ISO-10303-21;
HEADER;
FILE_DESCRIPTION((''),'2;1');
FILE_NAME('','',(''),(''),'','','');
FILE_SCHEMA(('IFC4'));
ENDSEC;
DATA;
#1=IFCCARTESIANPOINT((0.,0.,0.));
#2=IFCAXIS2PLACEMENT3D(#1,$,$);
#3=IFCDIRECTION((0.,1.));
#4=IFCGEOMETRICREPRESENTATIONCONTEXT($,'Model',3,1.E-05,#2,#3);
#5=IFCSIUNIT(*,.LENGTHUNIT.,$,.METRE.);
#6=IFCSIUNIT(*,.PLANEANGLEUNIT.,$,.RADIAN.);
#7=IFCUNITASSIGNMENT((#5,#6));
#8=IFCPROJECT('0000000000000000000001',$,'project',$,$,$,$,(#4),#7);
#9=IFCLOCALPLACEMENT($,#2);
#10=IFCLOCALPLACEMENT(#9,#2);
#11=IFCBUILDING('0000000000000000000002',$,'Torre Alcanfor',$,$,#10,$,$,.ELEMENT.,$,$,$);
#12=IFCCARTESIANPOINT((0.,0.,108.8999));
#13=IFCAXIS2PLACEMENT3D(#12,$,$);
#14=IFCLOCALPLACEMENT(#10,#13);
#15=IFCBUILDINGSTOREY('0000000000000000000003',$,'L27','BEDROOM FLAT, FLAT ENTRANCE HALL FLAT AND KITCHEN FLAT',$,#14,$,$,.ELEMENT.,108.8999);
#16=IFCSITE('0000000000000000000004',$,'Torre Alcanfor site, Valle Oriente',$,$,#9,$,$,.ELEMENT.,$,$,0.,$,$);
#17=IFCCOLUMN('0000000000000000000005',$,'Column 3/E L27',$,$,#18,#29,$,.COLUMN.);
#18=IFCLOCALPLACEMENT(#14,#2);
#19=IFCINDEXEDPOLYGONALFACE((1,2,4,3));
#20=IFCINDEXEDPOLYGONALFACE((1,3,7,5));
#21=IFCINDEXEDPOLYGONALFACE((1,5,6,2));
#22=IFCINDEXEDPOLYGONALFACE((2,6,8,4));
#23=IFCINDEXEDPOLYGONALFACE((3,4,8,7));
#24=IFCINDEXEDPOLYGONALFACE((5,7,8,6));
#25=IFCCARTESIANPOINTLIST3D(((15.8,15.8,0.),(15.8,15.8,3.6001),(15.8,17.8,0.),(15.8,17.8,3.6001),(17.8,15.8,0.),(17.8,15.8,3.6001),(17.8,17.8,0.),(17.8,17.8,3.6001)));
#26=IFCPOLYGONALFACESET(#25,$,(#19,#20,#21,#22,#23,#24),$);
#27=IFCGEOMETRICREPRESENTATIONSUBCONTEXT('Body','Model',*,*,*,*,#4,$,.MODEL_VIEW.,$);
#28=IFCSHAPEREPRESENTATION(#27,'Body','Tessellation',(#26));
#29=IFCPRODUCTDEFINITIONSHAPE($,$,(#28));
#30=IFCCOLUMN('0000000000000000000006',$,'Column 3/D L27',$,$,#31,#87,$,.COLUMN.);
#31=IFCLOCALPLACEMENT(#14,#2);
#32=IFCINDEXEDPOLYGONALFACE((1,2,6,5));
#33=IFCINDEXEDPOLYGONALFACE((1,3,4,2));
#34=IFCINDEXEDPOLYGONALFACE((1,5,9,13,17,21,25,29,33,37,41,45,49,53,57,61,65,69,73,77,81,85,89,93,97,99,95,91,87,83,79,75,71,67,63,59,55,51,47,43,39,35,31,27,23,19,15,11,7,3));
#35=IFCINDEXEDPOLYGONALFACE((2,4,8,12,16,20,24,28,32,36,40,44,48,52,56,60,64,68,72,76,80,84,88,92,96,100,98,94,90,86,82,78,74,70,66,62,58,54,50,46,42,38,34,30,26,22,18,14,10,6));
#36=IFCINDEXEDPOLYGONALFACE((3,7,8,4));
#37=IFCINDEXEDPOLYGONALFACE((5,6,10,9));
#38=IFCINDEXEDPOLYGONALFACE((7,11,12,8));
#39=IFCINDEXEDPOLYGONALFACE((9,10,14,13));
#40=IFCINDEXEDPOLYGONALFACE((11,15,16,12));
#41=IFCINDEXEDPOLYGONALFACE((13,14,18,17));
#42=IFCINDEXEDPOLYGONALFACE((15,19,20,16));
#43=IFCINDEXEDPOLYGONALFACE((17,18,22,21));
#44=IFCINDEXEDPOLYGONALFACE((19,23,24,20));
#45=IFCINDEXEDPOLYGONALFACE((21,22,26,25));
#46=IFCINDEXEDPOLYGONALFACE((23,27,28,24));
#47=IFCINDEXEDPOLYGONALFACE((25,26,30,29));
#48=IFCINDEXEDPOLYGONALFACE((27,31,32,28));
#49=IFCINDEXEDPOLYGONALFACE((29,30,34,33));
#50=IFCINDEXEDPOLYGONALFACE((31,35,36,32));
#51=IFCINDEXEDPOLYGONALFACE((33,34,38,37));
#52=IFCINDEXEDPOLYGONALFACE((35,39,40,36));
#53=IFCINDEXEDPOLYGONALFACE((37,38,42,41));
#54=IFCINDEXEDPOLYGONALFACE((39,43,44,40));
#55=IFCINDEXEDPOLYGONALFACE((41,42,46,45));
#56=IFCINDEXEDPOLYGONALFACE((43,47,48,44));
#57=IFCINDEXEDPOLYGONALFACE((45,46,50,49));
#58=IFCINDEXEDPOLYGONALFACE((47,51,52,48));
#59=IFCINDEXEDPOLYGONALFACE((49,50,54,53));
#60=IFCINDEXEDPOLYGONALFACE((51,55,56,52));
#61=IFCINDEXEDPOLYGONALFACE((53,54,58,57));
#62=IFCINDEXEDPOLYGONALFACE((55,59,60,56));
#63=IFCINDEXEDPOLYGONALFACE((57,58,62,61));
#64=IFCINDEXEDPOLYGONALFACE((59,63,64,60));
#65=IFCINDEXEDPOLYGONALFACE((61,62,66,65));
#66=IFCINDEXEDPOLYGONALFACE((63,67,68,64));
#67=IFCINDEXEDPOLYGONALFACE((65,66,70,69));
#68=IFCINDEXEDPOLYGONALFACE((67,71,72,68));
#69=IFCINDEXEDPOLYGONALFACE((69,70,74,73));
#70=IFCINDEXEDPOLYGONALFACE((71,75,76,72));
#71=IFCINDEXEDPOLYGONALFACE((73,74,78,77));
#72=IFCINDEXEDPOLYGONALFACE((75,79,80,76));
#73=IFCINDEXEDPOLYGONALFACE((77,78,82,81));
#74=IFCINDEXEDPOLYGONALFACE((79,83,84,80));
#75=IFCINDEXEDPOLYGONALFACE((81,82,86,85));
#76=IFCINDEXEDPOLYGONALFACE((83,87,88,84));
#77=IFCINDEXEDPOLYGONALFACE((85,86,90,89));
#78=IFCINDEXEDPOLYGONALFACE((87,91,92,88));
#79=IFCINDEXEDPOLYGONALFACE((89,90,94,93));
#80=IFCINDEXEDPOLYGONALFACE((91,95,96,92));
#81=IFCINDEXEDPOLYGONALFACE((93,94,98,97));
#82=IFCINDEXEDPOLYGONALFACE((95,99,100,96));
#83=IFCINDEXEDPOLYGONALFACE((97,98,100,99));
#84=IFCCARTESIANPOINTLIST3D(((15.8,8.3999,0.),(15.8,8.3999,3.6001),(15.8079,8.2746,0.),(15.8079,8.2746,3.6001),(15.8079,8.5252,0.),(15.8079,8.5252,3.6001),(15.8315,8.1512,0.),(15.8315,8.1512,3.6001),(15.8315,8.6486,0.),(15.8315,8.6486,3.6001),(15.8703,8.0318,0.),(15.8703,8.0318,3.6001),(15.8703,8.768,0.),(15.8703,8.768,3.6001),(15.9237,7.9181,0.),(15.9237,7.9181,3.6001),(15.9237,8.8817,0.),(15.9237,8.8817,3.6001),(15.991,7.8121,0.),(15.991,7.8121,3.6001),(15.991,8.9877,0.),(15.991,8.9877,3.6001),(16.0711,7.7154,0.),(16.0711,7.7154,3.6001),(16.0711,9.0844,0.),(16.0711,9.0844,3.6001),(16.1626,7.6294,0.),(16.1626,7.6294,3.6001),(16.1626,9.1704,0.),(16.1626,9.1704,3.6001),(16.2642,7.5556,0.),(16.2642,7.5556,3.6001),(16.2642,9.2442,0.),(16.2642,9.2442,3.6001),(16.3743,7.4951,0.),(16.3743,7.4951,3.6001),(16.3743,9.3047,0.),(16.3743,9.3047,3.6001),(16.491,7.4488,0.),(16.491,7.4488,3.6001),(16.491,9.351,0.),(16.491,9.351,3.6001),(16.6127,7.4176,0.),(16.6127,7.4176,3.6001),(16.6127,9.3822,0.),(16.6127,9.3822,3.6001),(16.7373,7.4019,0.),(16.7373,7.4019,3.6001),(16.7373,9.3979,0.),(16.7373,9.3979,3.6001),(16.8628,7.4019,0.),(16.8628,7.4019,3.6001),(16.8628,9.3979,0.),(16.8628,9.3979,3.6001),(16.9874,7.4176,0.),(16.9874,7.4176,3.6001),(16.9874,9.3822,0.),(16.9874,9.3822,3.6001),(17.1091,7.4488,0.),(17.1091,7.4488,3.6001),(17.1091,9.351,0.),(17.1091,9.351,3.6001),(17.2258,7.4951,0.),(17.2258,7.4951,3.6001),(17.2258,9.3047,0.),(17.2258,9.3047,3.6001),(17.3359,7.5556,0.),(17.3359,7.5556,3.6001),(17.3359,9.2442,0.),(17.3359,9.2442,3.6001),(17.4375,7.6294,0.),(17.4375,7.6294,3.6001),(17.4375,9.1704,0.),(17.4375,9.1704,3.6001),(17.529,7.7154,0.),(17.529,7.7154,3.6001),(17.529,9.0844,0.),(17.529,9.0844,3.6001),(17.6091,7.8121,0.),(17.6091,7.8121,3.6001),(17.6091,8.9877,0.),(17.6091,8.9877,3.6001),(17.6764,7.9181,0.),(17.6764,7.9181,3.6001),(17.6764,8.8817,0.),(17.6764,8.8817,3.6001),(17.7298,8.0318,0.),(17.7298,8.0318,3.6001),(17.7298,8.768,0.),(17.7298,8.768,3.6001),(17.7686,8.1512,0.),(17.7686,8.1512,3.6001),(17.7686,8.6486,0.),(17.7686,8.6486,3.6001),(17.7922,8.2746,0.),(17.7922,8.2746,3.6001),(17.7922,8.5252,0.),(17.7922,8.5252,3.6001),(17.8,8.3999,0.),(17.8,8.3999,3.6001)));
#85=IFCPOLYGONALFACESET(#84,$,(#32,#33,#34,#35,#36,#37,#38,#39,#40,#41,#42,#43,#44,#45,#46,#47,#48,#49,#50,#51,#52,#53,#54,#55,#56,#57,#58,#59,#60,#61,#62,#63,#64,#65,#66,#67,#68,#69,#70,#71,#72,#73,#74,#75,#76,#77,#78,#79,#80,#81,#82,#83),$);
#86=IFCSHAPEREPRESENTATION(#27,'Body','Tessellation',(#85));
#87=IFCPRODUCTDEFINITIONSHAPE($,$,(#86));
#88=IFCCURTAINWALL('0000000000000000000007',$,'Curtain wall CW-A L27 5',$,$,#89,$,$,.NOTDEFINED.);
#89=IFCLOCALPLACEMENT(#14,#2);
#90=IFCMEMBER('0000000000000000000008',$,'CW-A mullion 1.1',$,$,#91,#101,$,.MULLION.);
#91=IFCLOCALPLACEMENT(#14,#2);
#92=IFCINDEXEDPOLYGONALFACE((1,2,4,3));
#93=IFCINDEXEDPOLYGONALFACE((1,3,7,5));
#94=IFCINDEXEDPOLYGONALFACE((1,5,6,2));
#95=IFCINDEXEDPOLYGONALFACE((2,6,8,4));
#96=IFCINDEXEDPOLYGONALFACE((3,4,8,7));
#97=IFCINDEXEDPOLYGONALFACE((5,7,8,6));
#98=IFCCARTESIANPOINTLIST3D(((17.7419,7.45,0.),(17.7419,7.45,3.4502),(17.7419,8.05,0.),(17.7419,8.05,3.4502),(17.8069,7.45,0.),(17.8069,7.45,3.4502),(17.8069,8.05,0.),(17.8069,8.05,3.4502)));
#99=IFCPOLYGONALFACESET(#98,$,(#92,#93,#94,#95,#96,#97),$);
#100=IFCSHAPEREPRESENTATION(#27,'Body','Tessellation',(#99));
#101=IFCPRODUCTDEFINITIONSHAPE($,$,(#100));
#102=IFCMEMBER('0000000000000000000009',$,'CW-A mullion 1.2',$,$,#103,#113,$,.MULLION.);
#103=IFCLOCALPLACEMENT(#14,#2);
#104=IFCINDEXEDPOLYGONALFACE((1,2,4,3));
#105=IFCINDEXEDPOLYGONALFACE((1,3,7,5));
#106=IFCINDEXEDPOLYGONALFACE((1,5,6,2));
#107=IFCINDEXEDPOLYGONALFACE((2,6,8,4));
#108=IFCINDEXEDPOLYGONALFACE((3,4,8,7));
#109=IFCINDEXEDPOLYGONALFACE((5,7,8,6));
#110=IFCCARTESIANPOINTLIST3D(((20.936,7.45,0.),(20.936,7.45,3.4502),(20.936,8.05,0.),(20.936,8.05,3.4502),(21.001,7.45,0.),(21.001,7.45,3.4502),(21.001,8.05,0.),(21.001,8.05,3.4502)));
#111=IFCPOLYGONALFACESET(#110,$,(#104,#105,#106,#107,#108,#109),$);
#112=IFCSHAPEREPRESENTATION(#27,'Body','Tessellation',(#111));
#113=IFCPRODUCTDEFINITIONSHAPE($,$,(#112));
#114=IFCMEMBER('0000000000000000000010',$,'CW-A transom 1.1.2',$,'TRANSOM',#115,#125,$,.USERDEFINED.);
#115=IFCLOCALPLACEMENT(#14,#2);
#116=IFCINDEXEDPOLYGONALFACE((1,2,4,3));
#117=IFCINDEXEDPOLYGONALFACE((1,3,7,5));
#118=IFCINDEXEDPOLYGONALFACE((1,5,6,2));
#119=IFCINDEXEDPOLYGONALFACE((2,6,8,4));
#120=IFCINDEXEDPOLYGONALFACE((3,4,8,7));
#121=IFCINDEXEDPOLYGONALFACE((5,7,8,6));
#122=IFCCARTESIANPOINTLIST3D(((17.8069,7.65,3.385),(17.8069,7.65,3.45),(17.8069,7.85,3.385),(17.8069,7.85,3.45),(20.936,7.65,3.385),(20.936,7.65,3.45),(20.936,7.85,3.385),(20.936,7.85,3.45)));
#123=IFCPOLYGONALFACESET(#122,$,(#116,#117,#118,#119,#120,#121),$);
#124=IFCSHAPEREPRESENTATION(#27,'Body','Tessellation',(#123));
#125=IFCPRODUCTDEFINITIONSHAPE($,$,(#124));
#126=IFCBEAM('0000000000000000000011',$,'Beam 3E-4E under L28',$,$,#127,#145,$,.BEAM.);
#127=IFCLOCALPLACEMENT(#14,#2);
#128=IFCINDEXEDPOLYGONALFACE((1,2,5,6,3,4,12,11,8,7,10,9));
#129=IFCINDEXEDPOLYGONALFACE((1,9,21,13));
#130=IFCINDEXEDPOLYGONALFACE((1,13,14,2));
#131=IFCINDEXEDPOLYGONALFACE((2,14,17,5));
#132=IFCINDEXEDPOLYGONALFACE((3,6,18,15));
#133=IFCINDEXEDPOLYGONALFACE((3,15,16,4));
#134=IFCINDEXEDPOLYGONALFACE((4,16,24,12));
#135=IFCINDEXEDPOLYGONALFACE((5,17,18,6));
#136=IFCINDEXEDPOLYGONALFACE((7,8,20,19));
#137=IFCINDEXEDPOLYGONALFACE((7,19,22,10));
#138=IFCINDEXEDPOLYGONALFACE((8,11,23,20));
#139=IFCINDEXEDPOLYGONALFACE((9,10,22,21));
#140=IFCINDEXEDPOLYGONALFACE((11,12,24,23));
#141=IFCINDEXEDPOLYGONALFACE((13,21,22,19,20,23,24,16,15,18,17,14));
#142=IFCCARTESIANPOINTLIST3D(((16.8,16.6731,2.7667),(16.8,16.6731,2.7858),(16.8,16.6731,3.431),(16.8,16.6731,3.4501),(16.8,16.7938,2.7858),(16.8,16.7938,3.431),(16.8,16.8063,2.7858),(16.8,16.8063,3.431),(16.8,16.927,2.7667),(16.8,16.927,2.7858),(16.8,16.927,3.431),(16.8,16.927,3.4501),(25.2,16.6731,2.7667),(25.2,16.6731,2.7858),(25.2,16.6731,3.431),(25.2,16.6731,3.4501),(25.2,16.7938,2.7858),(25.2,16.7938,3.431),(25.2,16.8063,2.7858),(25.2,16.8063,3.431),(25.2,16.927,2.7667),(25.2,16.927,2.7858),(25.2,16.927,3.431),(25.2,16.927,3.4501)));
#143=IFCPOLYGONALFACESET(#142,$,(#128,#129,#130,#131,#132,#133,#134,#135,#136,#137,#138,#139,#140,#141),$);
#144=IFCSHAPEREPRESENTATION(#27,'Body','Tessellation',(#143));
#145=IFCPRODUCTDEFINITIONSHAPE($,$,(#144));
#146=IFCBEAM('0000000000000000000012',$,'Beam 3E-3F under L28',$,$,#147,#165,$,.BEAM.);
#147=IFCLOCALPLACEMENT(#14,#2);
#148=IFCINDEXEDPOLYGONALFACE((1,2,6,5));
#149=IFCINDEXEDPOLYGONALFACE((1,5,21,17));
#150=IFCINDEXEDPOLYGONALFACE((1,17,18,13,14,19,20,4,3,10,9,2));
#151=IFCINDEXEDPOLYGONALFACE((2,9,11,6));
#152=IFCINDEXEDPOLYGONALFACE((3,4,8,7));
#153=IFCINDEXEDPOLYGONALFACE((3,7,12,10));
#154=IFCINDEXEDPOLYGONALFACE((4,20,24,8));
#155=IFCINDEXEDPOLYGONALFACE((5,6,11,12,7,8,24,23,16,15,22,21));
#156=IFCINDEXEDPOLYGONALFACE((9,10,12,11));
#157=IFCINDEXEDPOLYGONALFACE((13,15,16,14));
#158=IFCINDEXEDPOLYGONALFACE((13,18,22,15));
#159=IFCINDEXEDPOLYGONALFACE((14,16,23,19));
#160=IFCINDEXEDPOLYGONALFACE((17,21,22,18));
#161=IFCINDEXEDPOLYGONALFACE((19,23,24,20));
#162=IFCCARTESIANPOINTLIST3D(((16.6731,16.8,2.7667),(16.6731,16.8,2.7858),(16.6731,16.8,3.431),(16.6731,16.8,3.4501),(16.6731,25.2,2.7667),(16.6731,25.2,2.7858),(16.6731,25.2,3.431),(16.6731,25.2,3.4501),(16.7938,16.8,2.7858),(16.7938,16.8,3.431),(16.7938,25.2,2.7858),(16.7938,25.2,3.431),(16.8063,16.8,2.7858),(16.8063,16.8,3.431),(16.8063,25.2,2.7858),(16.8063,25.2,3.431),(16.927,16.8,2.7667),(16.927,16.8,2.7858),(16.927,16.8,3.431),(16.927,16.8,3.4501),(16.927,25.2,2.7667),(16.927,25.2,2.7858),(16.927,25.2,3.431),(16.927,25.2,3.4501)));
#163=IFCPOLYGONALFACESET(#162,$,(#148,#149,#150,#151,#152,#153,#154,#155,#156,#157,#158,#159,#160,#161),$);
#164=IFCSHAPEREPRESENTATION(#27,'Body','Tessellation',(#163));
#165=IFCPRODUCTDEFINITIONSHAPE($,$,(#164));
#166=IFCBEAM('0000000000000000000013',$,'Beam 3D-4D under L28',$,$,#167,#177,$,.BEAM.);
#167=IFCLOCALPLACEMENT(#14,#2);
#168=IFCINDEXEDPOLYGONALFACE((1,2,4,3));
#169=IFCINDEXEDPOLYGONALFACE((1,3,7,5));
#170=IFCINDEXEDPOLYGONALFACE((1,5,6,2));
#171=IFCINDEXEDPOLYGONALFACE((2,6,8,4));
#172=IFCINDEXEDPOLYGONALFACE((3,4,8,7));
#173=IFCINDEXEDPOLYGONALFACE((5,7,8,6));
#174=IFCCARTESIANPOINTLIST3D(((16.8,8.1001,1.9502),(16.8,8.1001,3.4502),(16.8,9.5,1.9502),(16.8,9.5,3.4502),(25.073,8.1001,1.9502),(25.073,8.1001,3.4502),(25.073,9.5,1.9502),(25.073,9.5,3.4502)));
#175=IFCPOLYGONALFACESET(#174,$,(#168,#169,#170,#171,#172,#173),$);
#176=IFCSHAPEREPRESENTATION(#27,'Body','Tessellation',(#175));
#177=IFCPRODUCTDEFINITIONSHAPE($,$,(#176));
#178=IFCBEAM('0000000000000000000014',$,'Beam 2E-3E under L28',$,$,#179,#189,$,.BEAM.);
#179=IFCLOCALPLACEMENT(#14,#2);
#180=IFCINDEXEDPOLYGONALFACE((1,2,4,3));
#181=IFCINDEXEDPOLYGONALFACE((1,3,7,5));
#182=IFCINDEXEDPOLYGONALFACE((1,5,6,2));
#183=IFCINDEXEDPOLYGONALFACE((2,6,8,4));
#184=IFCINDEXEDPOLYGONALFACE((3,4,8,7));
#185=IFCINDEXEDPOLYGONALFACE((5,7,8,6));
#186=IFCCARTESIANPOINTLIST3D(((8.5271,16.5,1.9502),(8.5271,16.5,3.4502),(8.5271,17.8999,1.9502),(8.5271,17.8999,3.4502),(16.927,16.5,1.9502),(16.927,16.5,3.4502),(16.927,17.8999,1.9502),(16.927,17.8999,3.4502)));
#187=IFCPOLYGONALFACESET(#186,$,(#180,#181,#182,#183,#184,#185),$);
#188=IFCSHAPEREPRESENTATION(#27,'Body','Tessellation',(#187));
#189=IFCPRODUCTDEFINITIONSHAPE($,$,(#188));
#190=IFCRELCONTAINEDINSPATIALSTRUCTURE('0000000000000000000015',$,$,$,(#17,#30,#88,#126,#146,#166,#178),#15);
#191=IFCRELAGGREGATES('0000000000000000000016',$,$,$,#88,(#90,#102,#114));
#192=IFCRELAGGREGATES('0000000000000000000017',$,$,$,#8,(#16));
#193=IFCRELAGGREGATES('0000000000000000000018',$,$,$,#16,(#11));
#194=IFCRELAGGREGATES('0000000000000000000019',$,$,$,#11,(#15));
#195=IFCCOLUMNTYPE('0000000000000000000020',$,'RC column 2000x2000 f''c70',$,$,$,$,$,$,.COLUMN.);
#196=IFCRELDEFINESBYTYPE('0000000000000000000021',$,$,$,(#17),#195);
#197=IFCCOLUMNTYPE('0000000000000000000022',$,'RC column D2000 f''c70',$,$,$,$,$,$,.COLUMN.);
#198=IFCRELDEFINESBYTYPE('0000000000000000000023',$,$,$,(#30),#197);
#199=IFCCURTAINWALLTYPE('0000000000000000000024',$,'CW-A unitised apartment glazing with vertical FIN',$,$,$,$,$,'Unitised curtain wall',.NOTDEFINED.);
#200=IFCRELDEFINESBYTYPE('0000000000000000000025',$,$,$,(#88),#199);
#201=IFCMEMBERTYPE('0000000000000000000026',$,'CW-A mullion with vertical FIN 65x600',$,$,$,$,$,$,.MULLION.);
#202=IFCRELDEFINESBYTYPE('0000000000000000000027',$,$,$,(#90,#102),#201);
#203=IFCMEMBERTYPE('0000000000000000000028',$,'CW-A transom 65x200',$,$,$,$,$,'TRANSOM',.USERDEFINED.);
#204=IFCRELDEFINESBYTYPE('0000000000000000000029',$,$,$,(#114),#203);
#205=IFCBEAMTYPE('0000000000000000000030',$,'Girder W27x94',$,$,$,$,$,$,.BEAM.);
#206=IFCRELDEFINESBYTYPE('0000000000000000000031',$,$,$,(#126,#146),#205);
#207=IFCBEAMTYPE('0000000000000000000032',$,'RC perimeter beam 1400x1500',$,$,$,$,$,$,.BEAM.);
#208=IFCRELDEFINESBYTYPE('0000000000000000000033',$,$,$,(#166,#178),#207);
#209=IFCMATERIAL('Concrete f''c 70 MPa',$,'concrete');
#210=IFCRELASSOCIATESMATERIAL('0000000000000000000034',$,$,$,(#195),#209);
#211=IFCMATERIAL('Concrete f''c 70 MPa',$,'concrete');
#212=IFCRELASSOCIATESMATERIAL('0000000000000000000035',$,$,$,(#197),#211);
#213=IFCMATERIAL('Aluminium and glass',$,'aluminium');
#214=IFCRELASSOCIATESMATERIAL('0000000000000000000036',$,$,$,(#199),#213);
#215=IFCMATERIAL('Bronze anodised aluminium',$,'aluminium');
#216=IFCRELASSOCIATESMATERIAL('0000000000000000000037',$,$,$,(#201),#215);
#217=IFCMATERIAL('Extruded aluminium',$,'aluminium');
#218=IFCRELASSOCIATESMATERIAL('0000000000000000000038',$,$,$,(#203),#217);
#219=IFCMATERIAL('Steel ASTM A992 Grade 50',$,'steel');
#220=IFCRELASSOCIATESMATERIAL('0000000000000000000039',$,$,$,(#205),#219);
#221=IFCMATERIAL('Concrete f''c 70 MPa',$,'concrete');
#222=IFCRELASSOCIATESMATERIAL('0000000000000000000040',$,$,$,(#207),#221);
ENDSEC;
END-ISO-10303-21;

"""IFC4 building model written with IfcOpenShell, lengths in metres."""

from ifc_helpers import new_model, si_unit, direction, frame, origin, origin_2d, place, context, subcontext, project, spatial, rectangle, circle, i_section, extrude, material, material_profile, profile_set, type_object, element, aggregate, save


model = new_model("IFC4")

# Units and contexts
model_context = context("Model", 3, precision=1e-05, world=origin(), true_north=direction((0.0, 1.0)))
body_context = subcontext(model_context, "Body", "Model", "MODEL_VIEW")
ifc_project = project(units=[si_unit("LENGTHUNIT", "METRE"), si_unit("PLANEANGLEUNIT", "RADIAN")], contexts=[model_context])

# Site, building, storey
site_placement = place(None, origin())
site = spatial("IfcSite", under=ifc_project, at=site_placement, Name="Torre Alcanfor site, Valle Oriente", CompositionType="ELEMENT", RefElevation=0.0)
building_placement = place(site_placement, origin())
building = spatial("IfcBuilding", under=site, at=building_placement, Name="Torre Alcanfor", CompositionType="ELEMENT")
storey_placement = place(building_placement, frame((0.0, 0.0, 108.8999)))
storey = spatial("IfcBuildingStorey", under=building, at=storey_placement, Name="L27", Description="BEDROOM FLAT, FLAT ENTRANCE HALL FLAT AND KITCHEN FLAT", CompositionType="ELEMENT", Elevation=108.8999)

# Columns
ifc_material_1 = material(Name="Concrete f'c 70 MPa", Category="concrete")
ifc_material_profile_1 = material_profile(ifc_material_1, rectangle(XDim=2.0, YDim=2.0, at=origin_2d()), Name="2000x2000")
ifc_profile_set_1 = profile_set([ifc_material_profile_1], Name="Concrete f'c 70 MPa")
column_type_1 = type_object("IfcColumnType", Name="RC column 2000x2000 f'c70", PredefinedType="COLUMN", material=ifc_profile_set_1)
column_1_placement = place(storey_placement, frame((16.8, 16.8, 0.0), z_axis=(0.0, 0.0, 1.0), x_axis=(1.0, 0.0, 0.0)))
element("IfcColumn", 1, at=column_1_placement, inside=storey, type_object=column_type_1, Name="Column 3/E L27", PredefinedType="COLUMN", context=body_context, shape_type="SweptSolid", body=[
    extrude(rectangle(XDim=2.0, YDim=2.0, at=origin_2d()), origin(), (0.0, 0.0, 1.0), 3.6001),
])
ifc_material_2 = material(Name="Concrete f'c 70 MPa", Category="concrete")
ifc_material_profile_2 = material_profile(ifc_material_2, circle(Radius=1.0, at=origin_2d()), Name="D2000")
ifc_profile_set_2 = profile_set([ifc_material_profile_2], Name="Concrete f'c 70 MPa")
column_type_2 = type_object("IfcColumnType", Name="RC column D2000 f'c70", PredefinedType="COLUMN", material=ifc_profile_set_2)
column_2_placement = place(storey_placement, frame((16.8, 8.3999, 0.0), z_axis=(0.0, 0.0, 1.0), x_axis=(1.0, 0.0, 0.0)))
element("IfcColumn", 2, at=column_2_placement, inside=storey, type_object=column_type_2, Name="Column 3/D L27", PredefinedType="COLUMN", context=body_context, shape_type="SweptSolid", body=[
    extrude(circle(Radius=1.0, at=origin_2d()), origin(), (0.0, 0.0, 1.0), 3.6001),
])

# Curtain wall, members
ifc_material_3 = material(Name="Aluminium and glass", Category="aluminium")
curtain_wall_type = type_object("IfcCurtainWallType", Name="CW-A unitised apartment glazing with vertical FIN", ElementType="Unitised curtain wall", PredefinedType="NOTDEFINED", material=ifc_material_3)
curtain_wall_placement = place(storey_placement, origin())
curtain_wall = element("IfcCurtainWall", 3, at=curtain_wall_placement, inside=storey, type_object=curtain_wall_type, Name="Curtain wall CW-A L27 5", PredefinedType="NOTDEFINED")
ifc_material_4 = material(Name="Bronze anodised aluminium", Category="aluminium")
ifc_material_profile_3 = material_profile(ifc_material_4, rectangle(XDim=0.6001, YDim=0.0649, at=origin_2d()), Name="CW-A mullion 65x600")
ifc_profile_set_3 = profile_set([ifc_material_profile_3], Name="Bronze anodised aluminium")
member_type_1 = type_object("IfcMemberType", Name="CW-A mullion with vertical FIN 65x600", PredefinedType="MULLION", material=ifc_profile_set_3)
member_1_placement = place(storey_placement, frame((17.7744, 7.75, 0.0), z_axis=(0.0, 0.0, 1.0), x_axis=(0.0, 1.0, 0.0)))
member_1 = element("IfcMember", 4, at=member_1_placement, type_object=member_type_1, Name="CW-A mullion 1.1", PredefinedType="MULLION", context=body_context, shape_type="SweptSolid", body=[
    extrude(rectangle(XDim=0.6001, YDim=0.0649, at=origin_2d()), origin(), (0.0, 0.0, 1.0), 3.4502),
])
member_2_placement = place(storey_placement, frame((20.9685, 7.75, 0.0), z_axis=(0.0, 0.0, 1.0), x_axis=(0.0, 1.0, 0.0)))
member_2 = element("IfcMember", 5, at=member_2_placement, type_object=member_type_1, Name="CW-A mullion 1.2", PredefinedType="MULLION", context=body_context, shape_type="SweptSolid", body=[
    extrude(rectangle(XDim=0.6001, YDim=0.0649, at=origin_2d()), origin(), (0.0, 0.0, 1.0), 3.4502),
])
ifc_material_5 = material(Name="Extruded aluminium", Category="aluminium")
ifc_material_profile_4 = material_profile(ifc_material_5, rectangle(XDim=0.2, YDim=0.0649, at=origin_2d()), Name="CW-A transom 200x65")
ifc_profile_set_4 = profile_set([ifc_material_profile_4], Name="Extruded aluminium")
member_type_2 = type_object("IfcMemberType", Name="CW-A transom 65x200", ElementType="TRANSOM", PredefinedType="USERDEFINED", material=ifc_profile_set_4)
member_3_placement = place(storey_placement, frame((17.8069, 7.75, 3.4175), z_axis=(1.0, 0.0, 0.0), x_axis=(0.0, 1.0, 0.0)))
member_3 = element("IfcMember", 6, at=member_3_placement, type_object=member_type_2, Name="CW-A transom 1.1.2", ObjectType="TRANSOM", PredefinedType="USERDEFINED", context=body_context, shape_type="SweptSolid", body=[
    extrude(rectangle(XDim=0.2, YDim=0.0649, at=origin_2d()), origin(), (0.0, 0.0, 1.0), 3.1292),
])

# Beams
ifc_material_6 = material(Name="Steel ASTM A992 Grade 50", Category="steel")
ifc_material_profile_5 = material_profile(ifc_material_6, i_section(OverallWidth=0.2539, OverallDepth=0.6833, WebThickness=0.0125, FlangeThickness=0.019, at=origin_2d()), Name="W27x94")
ifc_profile_set_5 = profile_set([ifc_material_profile_5], Name="Steel ASTM A992 Grade 50")
beam_type_1 = type_object("IfcBeamType", Name="Girder W27x94", PredefinedType="BEAM", material=ifc_profile_set_5)
for number, where, z_axis, x_axis, name in (
    (7, (16.8, 16.8, 3.1084), (1.0, 0.0, 0.0), (0.0, 1.0, 0.0), "Beam 3E-4E under L28"),
    (8, (16.8, 16.8, 3.1084), (0.0, 1.0, 0.0), (-1.0, 0.0, 0.0), "Beam 3E-3F under L28"),
):
    element("IfcBeam", number, at=place(storey_placement, frame(where, z_axis=z_axis, x_axis=x_axis)), inside=storey, type_object=beam_type_1, Name=name, PredefinedType="BEAM", context=body_context, shape_type="SweptSolid", body=[
        extrude(i_section(OverallWidth=0.2539, OverallDepth=0.6833, WebThickness=0.0125, FlangeThickness=0.019, at=origin_2d()), origin(), (0.0, 0.0, 1.0), 8.3999),
    ])
ifc_material_7 = material(Name="Concrete f'c 70 MPa", Category="concrete")
ifc_material_profile_6 = material_profile(ifc_material_7, rectangle(XDim=1.3999, YDim=1.5, at=origin_2d()), Name="1400x1500")
ifc_profile_set_6 = profile_set([ifc_material_profile_6], Name="Concrete f'c 70 MPa")
beam_type_2 = type_object("IfcBeamType", Name="RC perimeter beam 1400x1500", PredefinedType="BEAM", material=ifc_profile_set_6)
beam_1_placement = place(storey_placement, frame((16.8, 8.8, 2.7002), z_axis=(1.0, 0.0, 0.0), x_axis=(0.0, 1.0, 0.0)))
element("IfcBeam", 9, at=beam_1_placement, inside=storey, type_object=beam_type_2, Name="Beam 3D-4D under L28", PredefinedType="BEAM", context=body_context, shape_type="SweptSolid", body=[
    extrude(rectangle(XDim=1.3999, YDim=1.5, at=origin_2d()), origin(), (0.0, 0.0, 1.0), 8.2729),
])
beam_2_placement = place(storey_placement, frame((8.5271, 17.2, 2.7002), z_axis=(1.0, 0.0, 0.0), x_axis=(0.0, 1.0, 0.0)))
element("IfcBeam", 10, at=beam_2_placement, inside=storey, type_object=beam_type_2, Name="Beam 2E-3E under L28", PredefinedType="BEAM", context=body_context, shape_type="SweptSolid", body=[
    extrude(rectangle(XDim=1.3999, YDim=1.5, at=origin_2d()), origin(), (0.0, 0.0, 1.0), 8.3999),
])

aggregate(curtain_wall, [member_1, member_2, member_3])

save(model, "model.ifc")
